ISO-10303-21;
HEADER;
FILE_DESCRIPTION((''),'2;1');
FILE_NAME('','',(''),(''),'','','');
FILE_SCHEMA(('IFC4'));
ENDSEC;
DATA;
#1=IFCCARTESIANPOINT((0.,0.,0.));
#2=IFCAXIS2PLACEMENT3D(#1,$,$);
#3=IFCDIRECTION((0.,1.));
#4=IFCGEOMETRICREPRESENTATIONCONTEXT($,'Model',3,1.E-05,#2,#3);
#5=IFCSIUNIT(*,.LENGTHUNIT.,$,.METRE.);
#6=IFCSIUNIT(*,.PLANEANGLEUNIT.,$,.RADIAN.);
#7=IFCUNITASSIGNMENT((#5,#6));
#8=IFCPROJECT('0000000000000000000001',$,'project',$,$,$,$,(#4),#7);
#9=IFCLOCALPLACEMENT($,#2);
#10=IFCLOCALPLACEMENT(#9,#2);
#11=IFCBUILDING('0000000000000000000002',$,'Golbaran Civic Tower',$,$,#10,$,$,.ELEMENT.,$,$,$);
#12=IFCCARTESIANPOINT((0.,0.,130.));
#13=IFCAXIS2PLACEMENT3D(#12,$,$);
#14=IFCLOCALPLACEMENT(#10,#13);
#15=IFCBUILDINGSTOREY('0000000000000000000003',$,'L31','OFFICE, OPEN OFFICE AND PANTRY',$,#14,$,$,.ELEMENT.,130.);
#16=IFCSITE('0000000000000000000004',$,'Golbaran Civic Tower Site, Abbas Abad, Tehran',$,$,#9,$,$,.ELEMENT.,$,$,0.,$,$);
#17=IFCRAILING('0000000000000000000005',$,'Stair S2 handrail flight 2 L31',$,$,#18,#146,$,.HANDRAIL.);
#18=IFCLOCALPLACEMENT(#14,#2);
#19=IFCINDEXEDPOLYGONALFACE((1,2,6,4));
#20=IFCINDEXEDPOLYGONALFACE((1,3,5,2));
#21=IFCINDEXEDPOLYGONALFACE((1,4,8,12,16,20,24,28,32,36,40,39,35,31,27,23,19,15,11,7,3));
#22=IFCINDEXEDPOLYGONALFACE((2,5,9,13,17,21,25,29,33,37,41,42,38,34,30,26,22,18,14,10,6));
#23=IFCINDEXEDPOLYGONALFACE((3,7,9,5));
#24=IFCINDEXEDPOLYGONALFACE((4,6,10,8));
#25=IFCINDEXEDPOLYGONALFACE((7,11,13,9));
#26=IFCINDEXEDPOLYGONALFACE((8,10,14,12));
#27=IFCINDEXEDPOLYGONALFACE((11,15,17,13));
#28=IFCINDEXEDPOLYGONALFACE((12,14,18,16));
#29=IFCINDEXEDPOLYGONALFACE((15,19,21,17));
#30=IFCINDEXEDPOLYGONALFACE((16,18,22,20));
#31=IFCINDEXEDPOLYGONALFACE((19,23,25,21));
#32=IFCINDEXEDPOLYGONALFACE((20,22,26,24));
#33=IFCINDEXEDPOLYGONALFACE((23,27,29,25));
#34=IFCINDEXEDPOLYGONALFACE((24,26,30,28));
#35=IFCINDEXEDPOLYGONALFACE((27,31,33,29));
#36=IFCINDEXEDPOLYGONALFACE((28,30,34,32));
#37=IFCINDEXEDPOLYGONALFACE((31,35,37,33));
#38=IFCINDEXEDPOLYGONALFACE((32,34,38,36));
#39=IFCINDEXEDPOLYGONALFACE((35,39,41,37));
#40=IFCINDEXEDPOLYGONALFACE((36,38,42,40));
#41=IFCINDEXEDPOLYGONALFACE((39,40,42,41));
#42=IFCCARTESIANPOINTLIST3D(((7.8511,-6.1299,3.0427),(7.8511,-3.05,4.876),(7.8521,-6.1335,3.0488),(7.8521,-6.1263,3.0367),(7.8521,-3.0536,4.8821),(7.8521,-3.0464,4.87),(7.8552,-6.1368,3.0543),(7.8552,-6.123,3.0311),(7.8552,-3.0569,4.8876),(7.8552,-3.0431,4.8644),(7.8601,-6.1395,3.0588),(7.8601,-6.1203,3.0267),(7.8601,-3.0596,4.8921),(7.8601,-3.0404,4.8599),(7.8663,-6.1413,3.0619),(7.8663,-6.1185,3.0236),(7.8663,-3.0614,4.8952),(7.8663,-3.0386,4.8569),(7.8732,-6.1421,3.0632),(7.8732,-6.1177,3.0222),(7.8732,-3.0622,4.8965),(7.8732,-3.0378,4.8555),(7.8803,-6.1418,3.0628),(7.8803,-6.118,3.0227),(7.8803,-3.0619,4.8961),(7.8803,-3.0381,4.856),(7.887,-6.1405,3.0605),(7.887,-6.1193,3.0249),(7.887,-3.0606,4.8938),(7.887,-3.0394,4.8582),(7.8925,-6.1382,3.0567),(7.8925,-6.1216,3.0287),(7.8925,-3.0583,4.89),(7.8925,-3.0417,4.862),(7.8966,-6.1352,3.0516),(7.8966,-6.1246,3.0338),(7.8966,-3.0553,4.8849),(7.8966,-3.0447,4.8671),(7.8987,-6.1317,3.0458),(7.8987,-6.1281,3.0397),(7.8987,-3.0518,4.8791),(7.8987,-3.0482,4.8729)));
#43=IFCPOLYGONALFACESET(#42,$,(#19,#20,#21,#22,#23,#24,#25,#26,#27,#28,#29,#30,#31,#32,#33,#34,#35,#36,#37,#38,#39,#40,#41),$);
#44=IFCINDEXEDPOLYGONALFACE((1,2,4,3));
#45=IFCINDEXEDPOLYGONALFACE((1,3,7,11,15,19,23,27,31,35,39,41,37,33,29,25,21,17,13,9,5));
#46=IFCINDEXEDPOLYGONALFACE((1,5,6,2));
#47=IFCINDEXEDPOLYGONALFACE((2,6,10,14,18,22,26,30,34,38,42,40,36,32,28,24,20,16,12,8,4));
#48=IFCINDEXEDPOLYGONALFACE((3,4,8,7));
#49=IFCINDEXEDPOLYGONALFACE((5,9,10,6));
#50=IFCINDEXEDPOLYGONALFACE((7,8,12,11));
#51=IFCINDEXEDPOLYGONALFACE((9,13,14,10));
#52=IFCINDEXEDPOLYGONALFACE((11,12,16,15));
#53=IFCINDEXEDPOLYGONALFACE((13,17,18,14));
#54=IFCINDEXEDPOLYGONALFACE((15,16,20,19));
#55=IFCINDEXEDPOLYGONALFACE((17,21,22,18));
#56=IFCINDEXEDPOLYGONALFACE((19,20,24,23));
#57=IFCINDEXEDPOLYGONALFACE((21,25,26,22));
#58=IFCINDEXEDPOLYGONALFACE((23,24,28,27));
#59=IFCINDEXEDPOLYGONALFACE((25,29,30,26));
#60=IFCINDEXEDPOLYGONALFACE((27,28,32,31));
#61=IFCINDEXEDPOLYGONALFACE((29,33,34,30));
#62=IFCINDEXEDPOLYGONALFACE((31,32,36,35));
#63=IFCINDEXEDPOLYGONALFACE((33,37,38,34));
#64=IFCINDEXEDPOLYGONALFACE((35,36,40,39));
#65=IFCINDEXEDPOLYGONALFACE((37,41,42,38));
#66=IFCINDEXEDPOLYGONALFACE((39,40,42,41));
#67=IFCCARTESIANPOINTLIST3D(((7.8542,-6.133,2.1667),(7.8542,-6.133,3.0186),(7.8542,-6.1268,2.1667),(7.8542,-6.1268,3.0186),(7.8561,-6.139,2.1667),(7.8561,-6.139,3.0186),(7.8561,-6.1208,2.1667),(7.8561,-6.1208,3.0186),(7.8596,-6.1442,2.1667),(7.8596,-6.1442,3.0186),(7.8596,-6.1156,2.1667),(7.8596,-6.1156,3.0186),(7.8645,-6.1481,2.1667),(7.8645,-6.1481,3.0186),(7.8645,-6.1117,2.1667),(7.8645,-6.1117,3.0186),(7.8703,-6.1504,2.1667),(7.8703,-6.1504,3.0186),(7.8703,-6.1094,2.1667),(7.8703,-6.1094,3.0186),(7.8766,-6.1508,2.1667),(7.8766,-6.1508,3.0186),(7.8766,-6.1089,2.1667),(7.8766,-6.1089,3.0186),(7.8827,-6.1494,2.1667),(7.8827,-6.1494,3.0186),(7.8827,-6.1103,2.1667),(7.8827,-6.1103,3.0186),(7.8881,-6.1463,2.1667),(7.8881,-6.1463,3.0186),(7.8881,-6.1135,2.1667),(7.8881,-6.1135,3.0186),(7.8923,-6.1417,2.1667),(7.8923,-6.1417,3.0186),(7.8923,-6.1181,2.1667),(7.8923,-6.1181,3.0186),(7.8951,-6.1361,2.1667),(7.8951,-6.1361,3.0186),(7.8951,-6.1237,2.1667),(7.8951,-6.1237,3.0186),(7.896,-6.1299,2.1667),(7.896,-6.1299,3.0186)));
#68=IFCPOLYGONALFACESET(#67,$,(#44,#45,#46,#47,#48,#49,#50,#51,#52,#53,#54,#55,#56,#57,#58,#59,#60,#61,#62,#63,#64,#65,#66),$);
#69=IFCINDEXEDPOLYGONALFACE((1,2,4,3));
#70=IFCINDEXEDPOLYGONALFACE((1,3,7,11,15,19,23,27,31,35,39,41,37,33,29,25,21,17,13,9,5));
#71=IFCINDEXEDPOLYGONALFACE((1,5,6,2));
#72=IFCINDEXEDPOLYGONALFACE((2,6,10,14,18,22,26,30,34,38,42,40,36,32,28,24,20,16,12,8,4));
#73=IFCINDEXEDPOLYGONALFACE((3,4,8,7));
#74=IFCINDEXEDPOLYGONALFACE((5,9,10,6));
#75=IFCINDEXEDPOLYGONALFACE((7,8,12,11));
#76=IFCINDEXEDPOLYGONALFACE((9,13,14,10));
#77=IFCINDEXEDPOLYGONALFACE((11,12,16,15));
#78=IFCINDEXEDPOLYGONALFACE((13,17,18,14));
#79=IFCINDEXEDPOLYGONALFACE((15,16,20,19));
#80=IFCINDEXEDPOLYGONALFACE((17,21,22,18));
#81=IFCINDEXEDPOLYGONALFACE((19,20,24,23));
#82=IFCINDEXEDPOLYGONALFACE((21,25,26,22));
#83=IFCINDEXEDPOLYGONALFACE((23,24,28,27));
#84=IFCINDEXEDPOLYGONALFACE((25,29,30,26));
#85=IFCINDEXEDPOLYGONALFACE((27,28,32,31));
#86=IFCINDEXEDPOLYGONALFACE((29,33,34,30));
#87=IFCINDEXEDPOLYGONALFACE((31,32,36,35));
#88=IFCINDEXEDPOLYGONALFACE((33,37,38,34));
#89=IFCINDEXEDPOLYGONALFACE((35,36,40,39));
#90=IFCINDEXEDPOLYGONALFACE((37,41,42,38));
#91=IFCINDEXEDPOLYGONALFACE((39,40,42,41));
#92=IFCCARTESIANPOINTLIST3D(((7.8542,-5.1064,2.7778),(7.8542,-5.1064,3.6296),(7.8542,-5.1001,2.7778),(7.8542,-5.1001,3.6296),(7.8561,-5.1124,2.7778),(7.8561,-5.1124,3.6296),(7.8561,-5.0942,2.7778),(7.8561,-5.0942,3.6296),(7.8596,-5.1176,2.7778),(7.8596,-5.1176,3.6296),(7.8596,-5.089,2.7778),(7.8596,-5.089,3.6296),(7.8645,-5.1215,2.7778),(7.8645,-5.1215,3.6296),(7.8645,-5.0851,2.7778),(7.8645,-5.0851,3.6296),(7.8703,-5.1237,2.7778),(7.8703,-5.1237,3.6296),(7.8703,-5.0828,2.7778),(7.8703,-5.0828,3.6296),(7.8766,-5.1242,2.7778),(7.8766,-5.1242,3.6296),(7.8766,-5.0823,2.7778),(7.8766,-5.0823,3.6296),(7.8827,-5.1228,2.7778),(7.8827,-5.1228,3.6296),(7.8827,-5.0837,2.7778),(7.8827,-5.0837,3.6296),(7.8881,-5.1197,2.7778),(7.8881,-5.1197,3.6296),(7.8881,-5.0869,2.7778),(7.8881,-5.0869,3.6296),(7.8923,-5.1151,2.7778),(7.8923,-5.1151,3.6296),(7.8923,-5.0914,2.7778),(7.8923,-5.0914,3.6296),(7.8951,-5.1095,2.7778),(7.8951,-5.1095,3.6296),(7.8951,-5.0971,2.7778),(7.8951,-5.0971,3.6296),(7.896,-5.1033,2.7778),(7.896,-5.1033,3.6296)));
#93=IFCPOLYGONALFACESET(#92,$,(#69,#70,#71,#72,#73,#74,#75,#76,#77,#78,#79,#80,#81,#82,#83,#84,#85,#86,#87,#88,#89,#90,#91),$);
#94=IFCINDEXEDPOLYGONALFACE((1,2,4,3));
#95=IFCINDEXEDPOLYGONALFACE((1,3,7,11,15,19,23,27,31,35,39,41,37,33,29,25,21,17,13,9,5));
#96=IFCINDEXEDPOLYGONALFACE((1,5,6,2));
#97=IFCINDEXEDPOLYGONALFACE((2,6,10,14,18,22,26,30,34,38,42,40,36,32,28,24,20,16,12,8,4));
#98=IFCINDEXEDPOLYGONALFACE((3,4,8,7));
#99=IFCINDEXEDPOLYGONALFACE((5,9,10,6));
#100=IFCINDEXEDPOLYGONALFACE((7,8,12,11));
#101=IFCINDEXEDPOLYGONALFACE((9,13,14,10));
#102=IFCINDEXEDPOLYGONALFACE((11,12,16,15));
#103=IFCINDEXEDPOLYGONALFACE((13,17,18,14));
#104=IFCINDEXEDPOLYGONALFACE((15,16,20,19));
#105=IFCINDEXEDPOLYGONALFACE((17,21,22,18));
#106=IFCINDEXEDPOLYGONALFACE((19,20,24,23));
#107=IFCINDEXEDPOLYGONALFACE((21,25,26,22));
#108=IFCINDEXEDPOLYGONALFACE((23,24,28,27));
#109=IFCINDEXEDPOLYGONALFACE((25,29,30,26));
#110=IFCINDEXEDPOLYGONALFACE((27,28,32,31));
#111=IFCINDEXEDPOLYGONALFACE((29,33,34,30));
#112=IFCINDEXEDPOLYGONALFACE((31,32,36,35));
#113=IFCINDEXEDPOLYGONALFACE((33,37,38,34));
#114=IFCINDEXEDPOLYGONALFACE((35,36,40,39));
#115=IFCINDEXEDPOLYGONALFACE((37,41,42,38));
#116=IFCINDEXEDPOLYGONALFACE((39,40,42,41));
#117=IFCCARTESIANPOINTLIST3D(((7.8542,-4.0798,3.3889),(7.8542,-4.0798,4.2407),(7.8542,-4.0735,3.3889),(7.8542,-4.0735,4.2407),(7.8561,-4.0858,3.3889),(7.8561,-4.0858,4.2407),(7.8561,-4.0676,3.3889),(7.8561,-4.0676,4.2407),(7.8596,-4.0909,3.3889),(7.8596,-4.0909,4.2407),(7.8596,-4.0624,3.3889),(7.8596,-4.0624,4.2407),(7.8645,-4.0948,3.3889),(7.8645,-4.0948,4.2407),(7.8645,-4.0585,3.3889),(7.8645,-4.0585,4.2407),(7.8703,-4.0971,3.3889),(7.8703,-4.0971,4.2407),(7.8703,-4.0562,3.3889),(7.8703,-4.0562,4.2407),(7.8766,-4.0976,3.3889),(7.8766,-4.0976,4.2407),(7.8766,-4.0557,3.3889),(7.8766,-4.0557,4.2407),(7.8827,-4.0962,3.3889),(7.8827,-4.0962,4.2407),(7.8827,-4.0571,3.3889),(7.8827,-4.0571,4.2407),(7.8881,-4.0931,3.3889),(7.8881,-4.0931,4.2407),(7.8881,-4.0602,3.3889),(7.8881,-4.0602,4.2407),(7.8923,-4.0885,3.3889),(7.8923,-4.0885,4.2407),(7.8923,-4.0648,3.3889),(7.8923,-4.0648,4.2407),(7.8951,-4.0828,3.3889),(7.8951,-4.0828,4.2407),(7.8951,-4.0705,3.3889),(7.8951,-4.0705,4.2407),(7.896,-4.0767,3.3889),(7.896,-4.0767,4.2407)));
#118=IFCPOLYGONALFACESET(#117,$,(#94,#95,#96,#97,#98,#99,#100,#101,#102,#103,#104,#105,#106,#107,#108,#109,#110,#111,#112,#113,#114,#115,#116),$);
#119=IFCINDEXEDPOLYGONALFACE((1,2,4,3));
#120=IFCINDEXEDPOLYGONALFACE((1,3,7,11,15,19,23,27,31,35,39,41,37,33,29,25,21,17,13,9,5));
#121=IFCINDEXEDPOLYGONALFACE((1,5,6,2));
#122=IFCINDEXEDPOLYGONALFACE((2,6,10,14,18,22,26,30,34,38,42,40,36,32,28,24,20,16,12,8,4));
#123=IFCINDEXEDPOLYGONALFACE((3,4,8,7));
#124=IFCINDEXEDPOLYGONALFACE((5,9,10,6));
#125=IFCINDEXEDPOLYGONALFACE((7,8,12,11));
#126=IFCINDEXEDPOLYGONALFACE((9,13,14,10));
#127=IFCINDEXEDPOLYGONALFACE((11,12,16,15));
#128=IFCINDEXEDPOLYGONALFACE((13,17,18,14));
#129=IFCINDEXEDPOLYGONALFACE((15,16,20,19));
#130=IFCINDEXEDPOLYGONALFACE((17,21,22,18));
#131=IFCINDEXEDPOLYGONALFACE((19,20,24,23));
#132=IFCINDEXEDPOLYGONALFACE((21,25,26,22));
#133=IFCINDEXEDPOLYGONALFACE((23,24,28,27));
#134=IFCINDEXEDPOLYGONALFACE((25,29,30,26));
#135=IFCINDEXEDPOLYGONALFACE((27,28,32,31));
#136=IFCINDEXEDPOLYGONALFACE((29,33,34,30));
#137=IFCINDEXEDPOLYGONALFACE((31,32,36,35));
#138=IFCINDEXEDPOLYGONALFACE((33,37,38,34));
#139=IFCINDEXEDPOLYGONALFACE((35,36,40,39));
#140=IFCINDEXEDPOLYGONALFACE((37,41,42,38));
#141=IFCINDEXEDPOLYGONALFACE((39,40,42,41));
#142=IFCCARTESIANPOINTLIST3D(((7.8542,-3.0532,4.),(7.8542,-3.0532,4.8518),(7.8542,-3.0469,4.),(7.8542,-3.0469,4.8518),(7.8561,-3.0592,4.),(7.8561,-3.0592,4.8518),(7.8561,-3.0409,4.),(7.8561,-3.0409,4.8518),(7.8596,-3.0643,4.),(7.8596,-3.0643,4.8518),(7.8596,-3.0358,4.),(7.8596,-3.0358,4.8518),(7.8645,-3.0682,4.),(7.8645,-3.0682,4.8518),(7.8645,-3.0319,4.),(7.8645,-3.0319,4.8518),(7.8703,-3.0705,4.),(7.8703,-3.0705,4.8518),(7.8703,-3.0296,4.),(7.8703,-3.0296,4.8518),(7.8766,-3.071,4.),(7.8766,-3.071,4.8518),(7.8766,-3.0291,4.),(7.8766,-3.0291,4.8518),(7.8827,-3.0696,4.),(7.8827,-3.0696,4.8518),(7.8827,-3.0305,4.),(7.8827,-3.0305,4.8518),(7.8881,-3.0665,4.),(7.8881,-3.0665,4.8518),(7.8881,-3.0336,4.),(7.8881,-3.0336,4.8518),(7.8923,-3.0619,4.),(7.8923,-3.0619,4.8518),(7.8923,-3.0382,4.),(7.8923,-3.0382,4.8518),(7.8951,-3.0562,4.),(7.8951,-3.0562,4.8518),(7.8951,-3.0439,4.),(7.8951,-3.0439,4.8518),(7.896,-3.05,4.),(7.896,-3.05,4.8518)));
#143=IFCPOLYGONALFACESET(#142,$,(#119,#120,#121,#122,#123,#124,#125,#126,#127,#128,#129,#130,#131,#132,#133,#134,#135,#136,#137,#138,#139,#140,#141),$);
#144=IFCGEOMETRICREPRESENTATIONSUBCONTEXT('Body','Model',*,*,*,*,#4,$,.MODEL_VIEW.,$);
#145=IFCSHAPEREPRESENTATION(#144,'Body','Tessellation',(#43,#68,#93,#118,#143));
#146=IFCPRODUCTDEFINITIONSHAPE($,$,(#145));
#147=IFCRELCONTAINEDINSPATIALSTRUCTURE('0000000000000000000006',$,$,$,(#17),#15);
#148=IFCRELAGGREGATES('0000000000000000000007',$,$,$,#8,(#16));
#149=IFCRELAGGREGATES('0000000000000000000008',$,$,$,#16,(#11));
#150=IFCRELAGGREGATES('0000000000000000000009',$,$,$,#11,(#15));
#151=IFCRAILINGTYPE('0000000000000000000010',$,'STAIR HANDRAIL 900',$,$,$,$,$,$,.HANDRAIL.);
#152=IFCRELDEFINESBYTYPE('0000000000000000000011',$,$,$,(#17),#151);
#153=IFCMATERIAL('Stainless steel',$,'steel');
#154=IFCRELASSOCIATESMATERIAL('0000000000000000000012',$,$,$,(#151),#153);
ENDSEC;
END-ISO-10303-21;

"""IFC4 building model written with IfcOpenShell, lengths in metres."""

from ifc_helpers import new_model, si_unit, direction, frame, origin, origin_2d, place, context, subcontext, project, spatial, circle, extrude, material, type_object, element, save


model = new_model("IFC4")

# Units and contexts
model_context = context("Model", 3, precision=1e-05, world=origin(), true_north=direction((0.0, 1.0)))
body_context = subcontext(model_context, "Body", "Model", "MODEL_VIEW")
ifc_project = project(units=[si_unit("LENGTHUNIT", "METRE"), si_unit("PLANEANGLEUNIT", "RADIAN")], contexts=[model_context])

# Site, building, storey
site_placement = place(None, origin())
site = spatial("IfcSite", under=ifc_project, at=site_placement, Name="Golbaran Civic Tower Site, Abbas Abad, Tehran", CompositionType="ELEMENT", RefElevation=0.0)
building_placement = place(site_placement, origin())
building = spatial("IfcBuilding", under=site, at=building_placement, Name="Golbaran Civic Tower", CompositionType="ELEMENT")
storey_placement = place(building_placement, frame((0.0, 0.0, 130.0)))
storey = spatial("IfcBuildingStorey", under=building, at=storey_placement, Name="L31", Description="OFFICE, OPEN OFFICE AND PANTRY", CompositionType="ELEMENT", Elevation=130.0)

# Shared definitions
ifc_material_1 = material(Name="Stainless steel", Category="steel")

# Railing
railing_type = type_object("IfcRailingType", Name="STAIR HANDRAIL 900", PredefinedType="HANDRAIL", material=ifc_material_1)
railing_1_placement = place(storey_placement, frame((7.875, -6.1299, 2.1667)))
element("IfcRailing", 1, at=railing_1_placement, inside=storey, type_object=railing_type, Name="Stair S2 handrail flight 2 L31", PredefinedType="HANDRAIL", context=body_context, shape_type="SweptSolid", body=[
    extrude(circle(Radius=0.0239, at=origin_2d()), frame((0.0, 0.0, 0.876), z_axis=(0.0, 0.859291, 0.511487), x_axis=(-1.0, 0.0, 0.0)), (0.0, 0.0, 1.0), 3.5842),
    extrude(circle(Radius=0.021, at=origin_2d()), origin(), (0.0, 0.0, 1.0), 0.8518),
    extrude(circle(Radius=0.021, at=origin_2d()), frame((0.0, 1.0266, 0.6111)), (0.0, 0.0, 1.0), 0.8518),
    extrude(circle(Radius=0.021, at=origin_2d()), frame((0.0, 2.0532, 1.2222)), (0.0, 0.0, 1.0), 0.8518),
    extrude(circle(Radius=0.021, at=origin_2d()), frame((0.0, 3.0798, 1.8333)), (0.0, 0.0, 1.0), 0.8518),
])

save(model, "model.ifc")
